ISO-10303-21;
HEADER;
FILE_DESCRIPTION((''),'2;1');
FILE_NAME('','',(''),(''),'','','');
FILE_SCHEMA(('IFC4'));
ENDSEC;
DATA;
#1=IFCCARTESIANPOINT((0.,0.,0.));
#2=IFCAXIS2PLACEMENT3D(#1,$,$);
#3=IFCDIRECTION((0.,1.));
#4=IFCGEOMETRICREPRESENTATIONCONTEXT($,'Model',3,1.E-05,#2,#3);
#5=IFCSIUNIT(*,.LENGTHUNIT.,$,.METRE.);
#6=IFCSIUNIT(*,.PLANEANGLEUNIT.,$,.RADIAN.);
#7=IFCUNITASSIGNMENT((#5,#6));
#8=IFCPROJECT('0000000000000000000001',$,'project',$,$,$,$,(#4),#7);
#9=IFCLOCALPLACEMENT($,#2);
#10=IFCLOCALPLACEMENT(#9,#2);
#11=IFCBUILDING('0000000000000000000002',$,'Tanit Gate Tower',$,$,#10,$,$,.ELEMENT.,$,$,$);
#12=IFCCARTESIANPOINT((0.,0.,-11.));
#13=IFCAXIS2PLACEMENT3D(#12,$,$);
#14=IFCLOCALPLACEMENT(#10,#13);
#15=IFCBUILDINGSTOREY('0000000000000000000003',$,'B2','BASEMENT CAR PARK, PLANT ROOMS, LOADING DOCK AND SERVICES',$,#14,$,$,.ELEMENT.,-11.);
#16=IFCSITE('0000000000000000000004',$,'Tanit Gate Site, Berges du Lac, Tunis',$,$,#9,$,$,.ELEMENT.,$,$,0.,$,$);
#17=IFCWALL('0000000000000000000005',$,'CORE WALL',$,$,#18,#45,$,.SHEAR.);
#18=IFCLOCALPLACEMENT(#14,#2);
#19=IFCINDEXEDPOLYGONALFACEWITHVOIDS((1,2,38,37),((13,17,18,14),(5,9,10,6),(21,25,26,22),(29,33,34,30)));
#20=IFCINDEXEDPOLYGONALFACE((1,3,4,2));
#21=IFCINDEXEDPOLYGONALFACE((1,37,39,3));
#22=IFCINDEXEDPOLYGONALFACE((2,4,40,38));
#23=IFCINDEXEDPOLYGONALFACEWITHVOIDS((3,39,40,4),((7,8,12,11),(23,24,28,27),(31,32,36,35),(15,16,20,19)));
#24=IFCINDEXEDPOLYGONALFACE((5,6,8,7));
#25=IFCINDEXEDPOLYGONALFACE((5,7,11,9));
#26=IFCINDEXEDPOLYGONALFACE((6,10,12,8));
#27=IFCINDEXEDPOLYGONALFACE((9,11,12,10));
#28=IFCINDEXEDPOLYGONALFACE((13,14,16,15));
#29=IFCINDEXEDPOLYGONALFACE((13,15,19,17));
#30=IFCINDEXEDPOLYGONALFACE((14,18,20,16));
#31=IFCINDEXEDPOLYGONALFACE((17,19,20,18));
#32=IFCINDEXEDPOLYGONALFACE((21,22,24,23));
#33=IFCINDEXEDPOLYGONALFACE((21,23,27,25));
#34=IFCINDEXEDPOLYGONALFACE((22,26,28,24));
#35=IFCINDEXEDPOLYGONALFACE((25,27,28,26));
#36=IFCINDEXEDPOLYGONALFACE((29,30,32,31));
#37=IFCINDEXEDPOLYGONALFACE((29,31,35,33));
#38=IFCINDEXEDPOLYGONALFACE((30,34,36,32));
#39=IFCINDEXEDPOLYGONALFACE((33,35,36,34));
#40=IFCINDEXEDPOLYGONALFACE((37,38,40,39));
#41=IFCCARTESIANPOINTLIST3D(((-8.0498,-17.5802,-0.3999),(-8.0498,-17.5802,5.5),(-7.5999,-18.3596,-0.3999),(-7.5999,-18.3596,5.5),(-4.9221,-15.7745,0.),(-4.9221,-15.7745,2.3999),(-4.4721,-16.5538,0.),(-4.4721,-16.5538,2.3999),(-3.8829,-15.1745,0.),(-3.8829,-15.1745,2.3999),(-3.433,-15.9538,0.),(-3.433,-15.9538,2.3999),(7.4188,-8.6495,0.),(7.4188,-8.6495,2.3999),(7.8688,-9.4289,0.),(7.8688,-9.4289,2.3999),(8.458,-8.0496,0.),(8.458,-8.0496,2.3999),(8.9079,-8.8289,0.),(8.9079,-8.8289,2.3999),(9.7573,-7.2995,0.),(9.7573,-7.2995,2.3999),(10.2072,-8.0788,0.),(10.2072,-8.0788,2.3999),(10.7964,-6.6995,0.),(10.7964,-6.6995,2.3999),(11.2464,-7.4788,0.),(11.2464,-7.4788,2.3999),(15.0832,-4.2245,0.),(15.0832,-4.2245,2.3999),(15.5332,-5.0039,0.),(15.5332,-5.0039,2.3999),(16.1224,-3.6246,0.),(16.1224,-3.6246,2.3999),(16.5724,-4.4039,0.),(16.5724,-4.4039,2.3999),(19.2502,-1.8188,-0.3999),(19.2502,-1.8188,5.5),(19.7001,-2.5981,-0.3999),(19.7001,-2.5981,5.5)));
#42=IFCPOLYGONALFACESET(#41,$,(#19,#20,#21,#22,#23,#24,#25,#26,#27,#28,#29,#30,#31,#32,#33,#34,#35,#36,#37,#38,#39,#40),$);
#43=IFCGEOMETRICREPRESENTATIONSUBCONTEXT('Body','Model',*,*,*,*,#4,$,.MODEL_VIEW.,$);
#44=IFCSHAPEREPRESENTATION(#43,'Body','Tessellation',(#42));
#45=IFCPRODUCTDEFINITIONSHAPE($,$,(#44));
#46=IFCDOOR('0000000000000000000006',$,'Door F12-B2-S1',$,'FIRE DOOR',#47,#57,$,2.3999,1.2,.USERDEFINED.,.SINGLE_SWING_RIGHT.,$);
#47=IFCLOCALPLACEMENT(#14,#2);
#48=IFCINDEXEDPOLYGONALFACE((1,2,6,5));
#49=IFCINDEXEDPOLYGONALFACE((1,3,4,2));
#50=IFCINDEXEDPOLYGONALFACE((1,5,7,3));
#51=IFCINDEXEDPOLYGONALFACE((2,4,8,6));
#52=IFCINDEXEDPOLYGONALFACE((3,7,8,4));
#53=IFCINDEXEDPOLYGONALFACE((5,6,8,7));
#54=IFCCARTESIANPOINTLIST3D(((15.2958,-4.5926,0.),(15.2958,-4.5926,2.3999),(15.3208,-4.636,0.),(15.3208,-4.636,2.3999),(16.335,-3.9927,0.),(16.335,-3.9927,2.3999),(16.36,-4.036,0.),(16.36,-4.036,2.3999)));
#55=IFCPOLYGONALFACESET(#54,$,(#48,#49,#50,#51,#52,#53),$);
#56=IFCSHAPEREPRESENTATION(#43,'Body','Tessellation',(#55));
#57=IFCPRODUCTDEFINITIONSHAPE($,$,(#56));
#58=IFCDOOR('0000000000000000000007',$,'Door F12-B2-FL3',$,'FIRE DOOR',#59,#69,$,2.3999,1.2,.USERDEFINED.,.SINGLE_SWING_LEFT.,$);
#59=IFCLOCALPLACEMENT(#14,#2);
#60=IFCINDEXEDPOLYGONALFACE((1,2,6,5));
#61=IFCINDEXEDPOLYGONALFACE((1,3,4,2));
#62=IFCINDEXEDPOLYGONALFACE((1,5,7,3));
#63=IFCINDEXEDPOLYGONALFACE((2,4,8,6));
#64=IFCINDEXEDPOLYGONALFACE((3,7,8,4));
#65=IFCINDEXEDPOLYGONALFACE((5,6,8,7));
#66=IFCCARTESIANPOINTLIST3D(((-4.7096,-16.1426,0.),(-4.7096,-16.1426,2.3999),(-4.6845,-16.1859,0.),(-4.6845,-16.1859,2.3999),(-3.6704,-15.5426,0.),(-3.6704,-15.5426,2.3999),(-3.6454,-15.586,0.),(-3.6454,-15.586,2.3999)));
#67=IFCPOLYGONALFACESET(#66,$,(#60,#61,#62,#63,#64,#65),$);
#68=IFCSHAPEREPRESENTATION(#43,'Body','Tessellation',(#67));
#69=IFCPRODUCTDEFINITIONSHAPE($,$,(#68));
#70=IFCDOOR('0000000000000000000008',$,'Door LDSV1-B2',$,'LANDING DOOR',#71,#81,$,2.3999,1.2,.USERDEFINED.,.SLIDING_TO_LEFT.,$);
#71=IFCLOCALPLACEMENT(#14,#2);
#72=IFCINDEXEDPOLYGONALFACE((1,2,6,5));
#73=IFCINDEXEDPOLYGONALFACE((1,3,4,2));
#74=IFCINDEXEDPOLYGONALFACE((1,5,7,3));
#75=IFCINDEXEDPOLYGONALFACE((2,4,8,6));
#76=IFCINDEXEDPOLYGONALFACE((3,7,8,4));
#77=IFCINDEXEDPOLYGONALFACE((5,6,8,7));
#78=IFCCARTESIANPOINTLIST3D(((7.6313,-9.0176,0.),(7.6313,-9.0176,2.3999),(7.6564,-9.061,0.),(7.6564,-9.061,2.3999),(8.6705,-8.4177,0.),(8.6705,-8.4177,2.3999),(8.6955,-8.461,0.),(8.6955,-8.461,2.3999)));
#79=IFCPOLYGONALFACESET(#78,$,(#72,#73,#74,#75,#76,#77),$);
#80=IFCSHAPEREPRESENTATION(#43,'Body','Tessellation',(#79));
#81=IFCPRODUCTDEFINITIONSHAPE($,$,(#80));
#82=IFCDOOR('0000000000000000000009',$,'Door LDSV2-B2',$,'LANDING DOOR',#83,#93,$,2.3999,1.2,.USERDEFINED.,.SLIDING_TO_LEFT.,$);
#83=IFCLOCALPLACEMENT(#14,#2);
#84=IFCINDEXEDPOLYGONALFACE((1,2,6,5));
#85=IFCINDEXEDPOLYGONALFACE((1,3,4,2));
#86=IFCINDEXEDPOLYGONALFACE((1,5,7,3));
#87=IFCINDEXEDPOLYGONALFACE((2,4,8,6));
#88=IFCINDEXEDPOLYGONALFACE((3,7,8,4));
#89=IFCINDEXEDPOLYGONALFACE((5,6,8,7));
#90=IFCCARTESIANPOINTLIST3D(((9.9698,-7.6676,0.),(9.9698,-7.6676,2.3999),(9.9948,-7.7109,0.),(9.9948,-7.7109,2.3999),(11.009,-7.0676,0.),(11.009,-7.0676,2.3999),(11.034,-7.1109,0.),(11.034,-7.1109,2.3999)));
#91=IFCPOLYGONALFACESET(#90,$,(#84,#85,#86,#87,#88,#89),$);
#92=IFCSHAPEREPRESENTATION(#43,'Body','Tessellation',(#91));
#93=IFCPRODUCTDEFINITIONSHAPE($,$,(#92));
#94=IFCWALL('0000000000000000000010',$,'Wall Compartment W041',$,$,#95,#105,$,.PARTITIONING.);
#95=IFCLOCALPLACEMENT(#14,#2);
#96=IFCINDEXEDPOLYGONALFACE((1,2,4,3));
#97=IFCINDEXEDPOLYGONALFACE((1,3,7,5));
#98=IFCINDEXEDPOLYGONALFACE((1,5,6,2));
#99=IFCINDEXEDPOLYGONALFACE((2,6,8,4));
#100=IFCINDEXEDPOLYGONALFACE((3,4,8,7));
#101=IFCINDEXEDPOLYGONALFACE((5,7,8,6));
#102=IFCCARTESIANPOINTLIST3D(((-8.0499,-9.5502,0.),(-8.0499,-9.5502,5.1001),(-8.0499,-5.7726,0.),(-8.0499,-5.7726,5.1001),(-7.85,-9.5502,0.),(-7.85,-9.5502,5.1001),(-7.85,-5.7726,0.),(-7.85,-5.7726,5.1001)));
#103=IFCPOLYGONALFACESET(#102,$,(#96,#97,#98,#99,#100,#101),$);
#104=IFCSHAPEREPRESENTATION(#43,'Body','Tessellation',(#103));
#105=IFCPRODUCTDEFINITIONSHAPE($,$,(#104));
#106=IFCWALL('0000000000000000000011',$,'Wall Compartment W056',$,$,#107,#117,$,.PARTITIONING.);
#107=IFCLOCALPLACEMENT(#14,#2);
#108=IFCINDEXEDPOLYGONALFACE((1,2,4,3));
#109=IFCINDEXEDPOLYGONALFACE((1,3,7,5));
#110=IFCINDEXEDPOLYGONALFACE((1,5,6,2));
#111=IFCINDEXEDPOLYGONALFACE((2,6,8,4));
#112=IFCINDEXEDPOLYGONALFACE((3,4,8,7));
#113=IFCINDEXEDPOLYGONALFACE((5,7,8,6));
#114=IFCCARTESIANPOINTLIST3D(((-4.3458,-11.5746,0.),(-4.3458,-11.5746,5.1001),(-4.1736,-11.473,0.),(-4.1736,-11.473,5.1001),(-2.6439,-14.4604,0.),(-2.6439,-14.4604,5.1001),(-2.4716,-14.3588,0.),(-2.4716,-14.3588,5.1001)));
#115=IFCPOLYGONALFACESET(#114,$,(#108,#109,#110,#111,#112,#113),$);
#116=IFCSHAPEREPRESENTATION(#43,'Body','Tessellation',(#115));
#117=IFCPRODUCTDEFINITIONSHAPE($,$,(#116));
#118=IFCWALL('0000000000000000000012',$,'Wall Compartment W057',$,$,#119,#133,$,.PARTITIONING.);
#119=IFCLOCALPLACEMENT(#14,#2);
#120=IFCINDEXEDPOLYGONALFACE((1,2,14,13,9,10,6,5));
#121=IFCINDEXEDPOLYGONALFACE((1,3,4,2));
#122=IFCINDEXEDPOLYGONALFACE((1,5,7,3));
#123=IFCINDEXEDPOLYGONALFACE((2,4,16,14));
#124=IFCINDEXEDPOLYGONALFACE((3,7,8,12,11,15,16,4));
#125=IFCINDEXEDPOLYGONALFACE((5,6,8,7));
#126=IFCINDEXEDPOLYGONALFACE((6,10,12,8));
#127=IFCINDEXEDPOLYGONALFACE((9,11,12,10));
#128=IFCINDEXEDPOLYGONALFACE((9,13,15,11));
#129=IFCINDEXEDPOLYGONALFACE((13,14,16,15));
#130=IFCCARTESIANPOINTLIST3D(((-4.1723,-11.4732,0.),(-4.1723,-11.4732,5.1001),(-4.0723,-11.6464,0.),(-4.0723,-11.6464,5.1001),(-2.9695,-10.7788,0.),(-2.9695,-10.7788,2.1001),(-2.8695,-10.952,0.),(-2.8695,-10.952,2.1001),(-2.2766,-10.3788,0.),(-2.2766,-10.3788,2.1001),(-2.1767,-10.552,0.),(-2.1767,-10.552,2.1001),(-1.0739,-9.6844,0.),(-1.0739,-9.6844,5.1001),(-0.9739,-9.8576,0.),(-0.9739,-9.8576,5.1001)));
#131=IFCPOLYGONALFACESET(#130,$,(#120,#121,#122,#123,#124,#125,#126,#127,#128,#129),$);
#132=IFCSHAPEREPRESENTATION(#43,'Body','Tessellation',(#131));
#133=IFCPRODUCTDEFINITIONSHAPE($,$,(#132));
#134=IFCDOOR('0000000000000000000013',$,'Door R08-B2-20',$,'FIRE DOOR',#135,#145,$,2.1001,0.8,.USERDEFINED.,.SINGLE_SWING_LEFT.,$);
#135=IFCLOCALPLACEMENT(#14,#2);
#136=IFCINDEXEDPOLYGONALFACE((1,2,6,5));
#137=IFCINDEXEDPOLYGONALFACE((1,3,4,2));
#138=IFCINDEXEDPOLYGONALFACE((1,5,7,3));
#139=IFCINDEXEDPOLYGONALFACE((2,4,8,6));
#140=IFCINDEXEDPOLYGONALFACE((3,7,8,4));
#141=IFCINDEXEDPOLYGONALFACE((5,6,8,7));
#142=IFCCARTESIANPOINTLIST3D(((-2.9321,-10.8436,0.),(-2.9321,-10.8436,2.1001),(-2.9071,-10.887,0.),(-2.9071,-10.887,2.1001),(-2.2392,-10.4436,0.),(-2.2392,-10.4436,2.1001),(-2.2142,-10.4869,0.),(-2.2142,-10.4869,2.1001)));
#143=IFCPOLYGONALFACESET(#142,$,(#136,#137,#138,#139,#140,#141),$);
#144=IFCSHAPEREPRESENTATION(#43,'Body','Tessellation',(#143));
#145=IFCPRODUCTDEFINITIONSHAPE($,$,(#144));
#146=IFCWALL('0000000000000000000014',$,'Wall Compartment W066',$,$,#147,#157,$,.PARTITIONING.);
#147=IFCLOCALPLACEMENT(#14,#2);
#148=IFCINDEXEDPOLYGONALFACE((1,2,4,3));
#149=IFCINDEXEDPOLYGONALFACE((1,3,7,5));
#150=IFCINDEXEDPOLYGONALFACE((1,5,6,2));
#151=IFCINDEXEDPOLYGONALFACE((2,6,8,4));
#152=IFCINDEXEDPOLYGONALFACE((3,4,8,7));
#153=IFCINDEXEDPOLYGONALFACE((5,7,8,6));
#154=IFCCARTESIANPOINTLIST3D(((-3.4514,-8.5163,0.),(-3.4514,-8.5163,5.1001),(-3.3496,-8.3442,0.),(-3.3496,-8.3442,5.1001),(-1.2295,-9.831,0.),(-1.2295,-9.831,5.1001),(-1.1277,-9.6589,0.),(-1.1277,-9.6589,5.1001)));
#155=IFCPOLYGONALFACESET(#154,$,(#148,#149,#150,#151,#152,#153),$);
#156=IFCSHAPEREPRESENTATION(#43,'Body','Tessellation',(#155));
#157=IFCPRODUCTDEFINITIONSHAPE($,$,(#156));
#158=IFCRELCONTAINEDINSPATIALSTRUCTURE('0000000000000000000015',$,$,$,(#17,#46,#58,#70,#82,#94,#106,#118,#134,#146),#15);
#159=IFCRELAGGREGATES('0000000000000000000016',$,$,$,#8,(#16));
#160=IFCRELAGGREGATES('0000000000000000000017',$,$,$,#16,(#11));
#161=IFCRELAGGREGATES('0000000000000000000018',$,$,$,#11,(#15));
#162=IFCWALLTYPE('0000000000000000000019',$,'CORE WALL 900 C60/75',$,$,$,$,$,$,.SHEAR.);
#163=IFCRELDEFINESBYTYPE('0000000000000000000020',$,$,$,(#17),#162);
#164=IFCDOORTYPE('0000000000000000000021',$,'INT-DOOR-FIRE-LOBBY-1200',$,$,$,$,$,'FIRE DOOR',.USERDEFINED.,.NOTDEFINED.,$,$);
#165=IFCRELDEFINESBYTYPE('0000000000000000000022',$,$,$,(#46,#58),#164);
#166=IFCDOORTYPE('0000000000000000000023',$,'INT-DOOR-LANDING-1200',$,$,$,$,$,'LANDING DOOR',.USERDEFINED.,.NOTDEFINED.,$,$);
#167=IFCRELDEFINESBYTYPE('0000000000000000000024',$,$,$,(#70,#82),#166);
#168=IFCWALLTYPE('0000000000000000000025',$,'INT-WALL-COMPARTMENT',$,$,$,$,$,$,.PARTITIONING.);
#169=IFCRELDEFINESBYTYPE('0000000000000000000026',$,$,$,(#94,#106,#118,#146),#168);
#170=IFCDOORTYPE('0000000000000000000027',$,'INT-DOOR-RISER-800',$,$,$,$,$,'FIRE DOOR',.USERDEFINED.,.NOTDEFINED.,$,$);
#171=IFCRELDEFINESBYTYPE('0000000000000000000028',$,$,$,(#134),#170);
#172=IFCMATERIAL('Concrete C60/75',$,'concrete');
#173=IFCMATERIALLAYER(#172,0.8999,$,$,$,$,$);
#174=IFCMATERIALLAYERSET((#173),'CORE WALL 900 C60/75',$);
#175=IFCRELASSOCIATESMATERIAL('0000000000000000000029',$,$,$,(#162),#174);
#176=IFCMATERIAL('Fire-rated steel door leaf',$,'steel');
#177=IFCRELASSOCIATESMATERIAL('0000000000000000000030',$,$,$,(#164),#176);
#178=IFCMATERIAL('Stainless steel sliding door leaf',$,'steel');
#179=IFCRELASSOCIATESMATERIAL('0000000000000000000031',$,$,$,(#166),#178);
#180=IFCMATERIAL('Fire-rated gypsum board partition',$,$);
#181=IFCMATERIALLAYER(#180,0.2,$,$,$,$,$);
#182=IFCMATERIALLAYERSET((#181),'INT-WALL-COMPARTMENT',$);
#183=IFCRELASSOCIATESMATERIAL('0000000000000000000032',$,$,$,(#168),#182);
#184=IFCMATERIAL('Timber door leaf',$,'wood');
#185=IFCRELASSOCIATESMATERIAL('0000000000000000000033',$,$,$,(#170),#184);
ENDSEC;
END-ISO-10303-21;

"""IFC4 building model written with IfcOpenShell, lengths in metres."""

from ifc_helpers import new_model, si_unit, direction, frame, frame_2d, origin, place, context, subcontext, project, spatial, rectangle, extrude, material, layer, layer_set, type_object, element, fill, save


model = new_model("IFC4")

# Units and contexts
model_context = context("Model", 3, precision=1e-05, world=origin(), true_north=direction((0.0, 1.0)))
body_context = subcontext(model_context, "Body", "Model", "MODEL_VIEW")
ifc_project = project(units=[si_unit("LENGTHUNIT", "METRE"), si_unit("PLANEANGLEUNIT", "RADIAN")], contexts=[model_context])

# Site, building, storey
site_placement = place(None, origin())
site = spatial("IfcSite", under=ifc_project, at=site_placement, Name="Tanit Gate Site, Berges du Lac, Tunis", CompositionType="ELEMENT", RefElevation=0.0)
building_placement = place(site_placement, origin())
building = spatial("IfcBuilding", under=site, at=building_placement, Name="Tanit Gate Tower", CompositionType="ELEMENT")
storey_placement = place(building_placement, frame((0.0, 0.0, -11.0)))
storey = spatial("IfcBuildingStorey", under=building, at=storey_placement, Name="B2", Description="BASEMENT CAR PARK, PLANT ROOMS, LOADING DOCK AND SERVICES", CompositionType="ELEMENT", Elevation=-11.0)

# Wall, openings, doors
ifc_material_1 = material(Name="Concrete C60/75", Category="concrete")
ifc_layer_1 = layer(ifc_material_1, 0.8999)
ifc_layer_set_1 = layer_set([ifc_layer_1], Name="CORE WALL 900 C60/75")
wall_type_1 = type_object("IfcWallType", Name="CORE WALL 900 C60/75", PredefinedType="SHEAR", material=ifc_layer_set_1)
wall_1_placement = place(storey_placement, frame((-7.825, -17.97, -0.3999), z_axis=(0.0, 0.0, 1.0), x_axis=(0.866028, 0.499995, 0.0)))
wall_1 = element("IfcWall", 1, at=wall_1_placement, inside=storey, type_object=wall_type_1, Name="CORE WALL", PredefinedType="SHEAR", context=body_context, shape_type="SweptSolid", body=[
    extrude(rectangle(XDim=31.5232, YDim=0.8999, at=frame_2d((15.7617, 0.0))), origin(), (0.0, 0.0, 1.0), 5.8999),
])
opening_1_placement = place(wall_1_placement, frame((17.8616, 0.0, 0.3999)))
opening_1 = element("IfcOpeningElement", 2, at=opening_1_placement, cuts=wall_1, PredefinedType="OPENING", context=body_context, shape_type="SweptSolid", body=[
    extrude(rectangle(XDim=1.2, YDim=2.3999, at=frame_2d((0.6001, 1.2))), frame((0.0, 0.46, 0.0), z_axis=(0.0, -1.0, 0.0), x_axis=(1.0, 0.0, 0.0)), (0.0, 0.0, 1.0), 0.9199),
])
opening_2_placement = place(wall_1_placement, frame((20.5618, 0.0, 0.3999)))
opening_2 = element("IfcOpeningElement", 3, at=opening_2_placement, cuts=wall_1, PredefinedType="OPENING", context=body_context, shape_type="SweptSolid", body=[
    extrude(rectangle(XDim=1.2, YDim=2.3999, at=frame_2d((0.6001, 1.2))), frame((0.0, 0.46, 0.0), z_axis=(0.0, -1.0, 0.0), x_axis=(1.0, 0.0, 0.0)), (0.0, 0.0, 1.0), 0.9199),
])
opening_3_placement = place(wall_1_placement, frame((26.7117, 0.0, 0.3999)))
opening_3 = element("IfcOpeningElement", 4, at=opening_3_placement, cuts=wall_1, PredefinedType="OPENING", context=body_context, shape_type="SweptSolid", body=[
    extrude(rectangle(XDim=1.2, YDim=2.3999, at=frame_2d((0.6001, 1.2))), frame((0.0, 0.46, 0.0), z_axis=(0.0, -1.0, 0.0), x_axis=(1.0, 0.0, 0.0)), (0.0, 0.0, 1.0), 0.9199),
])
opening_4_placement = place(wall_1_placement, frame((3.6116, 0.0, 0.3999)))
opening_4 = element("IfcOpeningElement", 5, at=opening_4_placement, cuts=wall_1, PredefinedType="OPENING", context=body_context, shape_type="SweptSolid", body=[
    extrude(rectangle(XDim=1.2, YDim=2.3999, at=frame_2d((0.6001, 1.2))), frame((0.0, 0.46, 0.0), z_axis=(0.0, -1.0, 0.0), x_axis=(1.0, 0.0, 0.0)), (0.0, 0.0, 1.0), 0.9199),
])
ifc_material_2 = material(Name="Fire-rated steel door leaf", Category="steel")
door_type_1 = type_object("IfcDoorType", Name="INT-DOOR-FIRE-LOBBY-1200", ElementType="FIRE DOOR", OperationType="NOTDEFINED", PredefinedType="USERDEFINED", material=ifc_material_2)
door_1_placement = place(opening_3_placement, origin())
door_1 = element("IfcDoor", 6, at=door_1_placement, inside=storey, type_object=door_type_1, Name="Door F12-B2-S1", ObjectType="FIRE DOOR", OperationType="SINGLE_SWING_RIGHT", OverallHeight=2.3999, OverallWidth=1.2, PredefinedType="USERDEFINED", context=body_context, shape_type="SweptSolid", body=[
    extrude(rectangle(XDim=1.2, YDim=2.3999, at=frame_2d((0.6001, 1.2))), frame((0.0, 0.0249, 0.0), z_axis=(0.0, -1.0, 0.0), x_axis=(1.0, 0.0, 0.0)), (0.0, 0.0, 1.0), 0.05),
])
fill(opening_3, door_1)
door_2_placement = place(opening_4_placement, origin())
door_2 = element("IfcDoor", 7, at=door_2_placement, inside=storey, type_object=door_type_1, Name="Door F12-B2-FL3", ObjectType="FIRE DOOR", OperationType="SINGLE_SWING_LEFT", OverallHeight=2.3999, OverallWidth=1.2, PredefinedType="USERDEFINED", context=body_context, shape_type="SweptSolid", body=[
    extrude(rectangle(XDim=1.2, YDim=2.3999, at=frame_2d((0.6001, 1.2))), frame((0.0, 0.0249, 0.0), z_axis=(0.0, -1.0, 0.0), x_axis=(1.0, 0.0, 0.0)), (0.0, 0.0, 1.0), 0.05),
])
fill(opening_4, door_2)
ifc_material_3 = material(Name="Stainless steel sliding door leaf", Category="steel")
door_type_2 = type_object("IfcDoorType", Name="INT-DOOR-LANDING-1200", ElementType="LANDING DOOR", OperationType="NOTDEFINED", PredefinedType="USERDEFINED", material=ifc_material_3)
door_3_placement = place(opening_1_placement, origin())
door_3 = element("IfcDoor", 8, at=door_3_placement, inside=storey, type_object=door_type_2, Name="Door LDSV1-B2", ObjectType="LANDING DOOR", OperationType="SLIDING_TO_LEFT", OverallHeight=2.3999, OverallWidth=1.2, PredefinedType="USERDEFINED", context=body_context, shape_type="SweptSolid", body=[
    extrude(rectangle(XDim=1.2, YDim=2.3999, at=frame_2d((0.6001, 1.2))), frame((0.0, 0.0249, 0.0), z_axis=(0.0, -1.0, 0.0), x_axis=(1.0, 0.0, 0.0)), (0.0, 0.0, 1.0), 0.05),
])
fill(opening_1, door_3)
door_4_placement = place(opening_2_placement, origin())
door_4 = element("IfcDoor", 9, at=door_4_placement, inside=storey, type_object=door_type_2, Name="Door LDSV2-B2", ObjectType="LANDING DOOR", OperationType="SLIDING_TO_LEFT", OverallHeight=2.3999, OverallWidth=1.2, PredefinedType="USERDEFINED", context=body_context, shape_type="SweptSolid", body=[
    extrude(rectangle(XDim=1.2, YDim=2.3999, at=frame_2d((0.6001, 1.2))), frame((0.0, 0.0249, 0.0), z_axis=(0.0, -1.0, 0.0), x_axis=(1.0, 0.0, 0.0)), (0.0, 0.0, 1.0), 0.05),
])
fill(opening_2, door_4)

# Walls
ifc_material_4 = material(Name="Fire-rated gypsum board partition")
ifc_layer_2 = layer(ifc_material_4, 0.2)
ifc_layer_set_2 = layer_set([ifc_layer_2], Name="INT-WALL-COMPARTMENT")
wall_type_2 = type_object("IfcWallType", Name="INT-WALL-COMPARTMENT", PredefinedType="PARTITIONING", material=ifc_layer_set_2)
wall_2_placement = place(storey_placement, frame((-7.95, -9.55, 0.0), z_axis=(0.0, 0.0, 1.0), x_axis=(0.0, 1.0, 0.0)))
element("IfcWall", 10, at=wall_2_placement, inside=storey, type_object=wall_type_2, Name="Wall Compartment W041", PredefinedType="PARTITIONING", context=body_context, shape_type="SweptSolid", body=[
    extrude(rectangle(XDim=3.7776, YDim=0.2, at=frame_2d((1.8887, 0.0))), origin(), (0.0, 0.0, 1.0), 5.1001),
])
wall_3_placement = place(storey_placement, frame((-4.2598, -11.5237, 0.0), z_axis=(0.0, 0.0, 1.0), x_axis=(0.507997, -0.861359, 0.0)))
element("IfcWall", 11, at=wall_3_placement, inside=storey, type_object=wall_type_2, Name="Wall Compartment W056", PredefinedType="PARTITIONING", context=body_context, shape_type="SweptSolid", body=[
    extrude(rectangle(XDim=3.3503, YDim=0.2, at=frame_2d((1.6753, 0.0))), origin(), (0.0, 0.0, 1.0), 5.1001),
])

# Wall, opening, door
wall_4_placement = place(storey_placement, frame((-1.0239, -9.771, 0.0), z_axis=(0.0, 0.0, 1.0), x_axis=(-0.86603, -0.499992, 0.0)))
wall_4 = element("IfcWall", 12, at=wall_4_placement, inside=storey, type_object=wall_type_2, Name="Wall Compartment W057", PredefinedType="PARTITIONING", context=body_context, shape_type="SweptSolid", body=[
    extrude(rectangle(XDim=3.5776, YDim=0.2, at=frame_2d((1.7888, 0.0))), origin(), (0.0, 0.0, 1.0), 5.1001),
])
opening_5_placement = place(wall_4_placement, frame((1.3889, 0.0, 0.0)))
opening_5 = element("IfcOpeningElement", 13, at=opening_5_placement, cuts=wall_4, PredefinedType="OPENING", context=body_context, shape_type="SweptSolid", body=[
    extrude(rectangle(XDim=0.8, YDim=2.1001, at=frame_2d((0.3999, 1.05))), frame((0.0, 0.1099, 0.0), z_axis=(0.0, -1.0, 0.0), x_axis=(1.0, 0.0, 0.0)), (0.0, 0.0, 1.0), 0.22),
])
ifc_material_5 = material(Name="Timber door leaf", Category="wood")
door_type_3 = type_object("IfcDoorType", Name="INT-DOOR-RISER-800", ElementType="FIRE DOOR", OperationType="NOTDEFINED", PredefinedType="USERDEFINED", material=ifc_material_5)
door_5_placement = place(opening_5_placement, origin())
door_5 = element("IfcDoor", 14, at=door_5_placement, inside=storey, type_object=door_type_3, Name="Door R08-B2-20", ObjectType="FIRE DOOR", OperationType="SINGLE_SWING_LEFT", OverallHeight=2.1001, OverallWidth=0.8, PredefinedType="USERDEFINED", context=body_context, shape_type="SweptSolid", body=[
    extrude(rectangle(XDim=0.8, YDim=2.1001, at=frame_2d((0.3999, 1.05))), frame((0.0, 0.0249, 0.0), z_axis=(0.0, -1.0, 0.0), x_axis=(1.0, 0.0, 0.0)), (0.0, 0.0, 1.0), 0.05),
])
fill(opening_5, door_5)

# Wall
wall_5_placement = place(storey_placement, frame((-3.4006, -8.4302, 0.0), z_axis=(0.0, 0.0, 1.0), x_axis=(0.860631, -0.509229, 0.0)))
element("IfcWall", 15, at=wall_5_placement, inside=storey, type_object=wall_type_2, Name="Wall Compartment W066", PredefinedType="PARTITIONING", context=body_context, shape_type="SweptSolid", body=[
    extrude(rectangle(XDim=2.5818, YDim=0.2, at=frame_2d((1.291, 0.0))), origin(), (0.0, 0.0, 1.0), 5.1001),
])

save(model, "model.ifc")
